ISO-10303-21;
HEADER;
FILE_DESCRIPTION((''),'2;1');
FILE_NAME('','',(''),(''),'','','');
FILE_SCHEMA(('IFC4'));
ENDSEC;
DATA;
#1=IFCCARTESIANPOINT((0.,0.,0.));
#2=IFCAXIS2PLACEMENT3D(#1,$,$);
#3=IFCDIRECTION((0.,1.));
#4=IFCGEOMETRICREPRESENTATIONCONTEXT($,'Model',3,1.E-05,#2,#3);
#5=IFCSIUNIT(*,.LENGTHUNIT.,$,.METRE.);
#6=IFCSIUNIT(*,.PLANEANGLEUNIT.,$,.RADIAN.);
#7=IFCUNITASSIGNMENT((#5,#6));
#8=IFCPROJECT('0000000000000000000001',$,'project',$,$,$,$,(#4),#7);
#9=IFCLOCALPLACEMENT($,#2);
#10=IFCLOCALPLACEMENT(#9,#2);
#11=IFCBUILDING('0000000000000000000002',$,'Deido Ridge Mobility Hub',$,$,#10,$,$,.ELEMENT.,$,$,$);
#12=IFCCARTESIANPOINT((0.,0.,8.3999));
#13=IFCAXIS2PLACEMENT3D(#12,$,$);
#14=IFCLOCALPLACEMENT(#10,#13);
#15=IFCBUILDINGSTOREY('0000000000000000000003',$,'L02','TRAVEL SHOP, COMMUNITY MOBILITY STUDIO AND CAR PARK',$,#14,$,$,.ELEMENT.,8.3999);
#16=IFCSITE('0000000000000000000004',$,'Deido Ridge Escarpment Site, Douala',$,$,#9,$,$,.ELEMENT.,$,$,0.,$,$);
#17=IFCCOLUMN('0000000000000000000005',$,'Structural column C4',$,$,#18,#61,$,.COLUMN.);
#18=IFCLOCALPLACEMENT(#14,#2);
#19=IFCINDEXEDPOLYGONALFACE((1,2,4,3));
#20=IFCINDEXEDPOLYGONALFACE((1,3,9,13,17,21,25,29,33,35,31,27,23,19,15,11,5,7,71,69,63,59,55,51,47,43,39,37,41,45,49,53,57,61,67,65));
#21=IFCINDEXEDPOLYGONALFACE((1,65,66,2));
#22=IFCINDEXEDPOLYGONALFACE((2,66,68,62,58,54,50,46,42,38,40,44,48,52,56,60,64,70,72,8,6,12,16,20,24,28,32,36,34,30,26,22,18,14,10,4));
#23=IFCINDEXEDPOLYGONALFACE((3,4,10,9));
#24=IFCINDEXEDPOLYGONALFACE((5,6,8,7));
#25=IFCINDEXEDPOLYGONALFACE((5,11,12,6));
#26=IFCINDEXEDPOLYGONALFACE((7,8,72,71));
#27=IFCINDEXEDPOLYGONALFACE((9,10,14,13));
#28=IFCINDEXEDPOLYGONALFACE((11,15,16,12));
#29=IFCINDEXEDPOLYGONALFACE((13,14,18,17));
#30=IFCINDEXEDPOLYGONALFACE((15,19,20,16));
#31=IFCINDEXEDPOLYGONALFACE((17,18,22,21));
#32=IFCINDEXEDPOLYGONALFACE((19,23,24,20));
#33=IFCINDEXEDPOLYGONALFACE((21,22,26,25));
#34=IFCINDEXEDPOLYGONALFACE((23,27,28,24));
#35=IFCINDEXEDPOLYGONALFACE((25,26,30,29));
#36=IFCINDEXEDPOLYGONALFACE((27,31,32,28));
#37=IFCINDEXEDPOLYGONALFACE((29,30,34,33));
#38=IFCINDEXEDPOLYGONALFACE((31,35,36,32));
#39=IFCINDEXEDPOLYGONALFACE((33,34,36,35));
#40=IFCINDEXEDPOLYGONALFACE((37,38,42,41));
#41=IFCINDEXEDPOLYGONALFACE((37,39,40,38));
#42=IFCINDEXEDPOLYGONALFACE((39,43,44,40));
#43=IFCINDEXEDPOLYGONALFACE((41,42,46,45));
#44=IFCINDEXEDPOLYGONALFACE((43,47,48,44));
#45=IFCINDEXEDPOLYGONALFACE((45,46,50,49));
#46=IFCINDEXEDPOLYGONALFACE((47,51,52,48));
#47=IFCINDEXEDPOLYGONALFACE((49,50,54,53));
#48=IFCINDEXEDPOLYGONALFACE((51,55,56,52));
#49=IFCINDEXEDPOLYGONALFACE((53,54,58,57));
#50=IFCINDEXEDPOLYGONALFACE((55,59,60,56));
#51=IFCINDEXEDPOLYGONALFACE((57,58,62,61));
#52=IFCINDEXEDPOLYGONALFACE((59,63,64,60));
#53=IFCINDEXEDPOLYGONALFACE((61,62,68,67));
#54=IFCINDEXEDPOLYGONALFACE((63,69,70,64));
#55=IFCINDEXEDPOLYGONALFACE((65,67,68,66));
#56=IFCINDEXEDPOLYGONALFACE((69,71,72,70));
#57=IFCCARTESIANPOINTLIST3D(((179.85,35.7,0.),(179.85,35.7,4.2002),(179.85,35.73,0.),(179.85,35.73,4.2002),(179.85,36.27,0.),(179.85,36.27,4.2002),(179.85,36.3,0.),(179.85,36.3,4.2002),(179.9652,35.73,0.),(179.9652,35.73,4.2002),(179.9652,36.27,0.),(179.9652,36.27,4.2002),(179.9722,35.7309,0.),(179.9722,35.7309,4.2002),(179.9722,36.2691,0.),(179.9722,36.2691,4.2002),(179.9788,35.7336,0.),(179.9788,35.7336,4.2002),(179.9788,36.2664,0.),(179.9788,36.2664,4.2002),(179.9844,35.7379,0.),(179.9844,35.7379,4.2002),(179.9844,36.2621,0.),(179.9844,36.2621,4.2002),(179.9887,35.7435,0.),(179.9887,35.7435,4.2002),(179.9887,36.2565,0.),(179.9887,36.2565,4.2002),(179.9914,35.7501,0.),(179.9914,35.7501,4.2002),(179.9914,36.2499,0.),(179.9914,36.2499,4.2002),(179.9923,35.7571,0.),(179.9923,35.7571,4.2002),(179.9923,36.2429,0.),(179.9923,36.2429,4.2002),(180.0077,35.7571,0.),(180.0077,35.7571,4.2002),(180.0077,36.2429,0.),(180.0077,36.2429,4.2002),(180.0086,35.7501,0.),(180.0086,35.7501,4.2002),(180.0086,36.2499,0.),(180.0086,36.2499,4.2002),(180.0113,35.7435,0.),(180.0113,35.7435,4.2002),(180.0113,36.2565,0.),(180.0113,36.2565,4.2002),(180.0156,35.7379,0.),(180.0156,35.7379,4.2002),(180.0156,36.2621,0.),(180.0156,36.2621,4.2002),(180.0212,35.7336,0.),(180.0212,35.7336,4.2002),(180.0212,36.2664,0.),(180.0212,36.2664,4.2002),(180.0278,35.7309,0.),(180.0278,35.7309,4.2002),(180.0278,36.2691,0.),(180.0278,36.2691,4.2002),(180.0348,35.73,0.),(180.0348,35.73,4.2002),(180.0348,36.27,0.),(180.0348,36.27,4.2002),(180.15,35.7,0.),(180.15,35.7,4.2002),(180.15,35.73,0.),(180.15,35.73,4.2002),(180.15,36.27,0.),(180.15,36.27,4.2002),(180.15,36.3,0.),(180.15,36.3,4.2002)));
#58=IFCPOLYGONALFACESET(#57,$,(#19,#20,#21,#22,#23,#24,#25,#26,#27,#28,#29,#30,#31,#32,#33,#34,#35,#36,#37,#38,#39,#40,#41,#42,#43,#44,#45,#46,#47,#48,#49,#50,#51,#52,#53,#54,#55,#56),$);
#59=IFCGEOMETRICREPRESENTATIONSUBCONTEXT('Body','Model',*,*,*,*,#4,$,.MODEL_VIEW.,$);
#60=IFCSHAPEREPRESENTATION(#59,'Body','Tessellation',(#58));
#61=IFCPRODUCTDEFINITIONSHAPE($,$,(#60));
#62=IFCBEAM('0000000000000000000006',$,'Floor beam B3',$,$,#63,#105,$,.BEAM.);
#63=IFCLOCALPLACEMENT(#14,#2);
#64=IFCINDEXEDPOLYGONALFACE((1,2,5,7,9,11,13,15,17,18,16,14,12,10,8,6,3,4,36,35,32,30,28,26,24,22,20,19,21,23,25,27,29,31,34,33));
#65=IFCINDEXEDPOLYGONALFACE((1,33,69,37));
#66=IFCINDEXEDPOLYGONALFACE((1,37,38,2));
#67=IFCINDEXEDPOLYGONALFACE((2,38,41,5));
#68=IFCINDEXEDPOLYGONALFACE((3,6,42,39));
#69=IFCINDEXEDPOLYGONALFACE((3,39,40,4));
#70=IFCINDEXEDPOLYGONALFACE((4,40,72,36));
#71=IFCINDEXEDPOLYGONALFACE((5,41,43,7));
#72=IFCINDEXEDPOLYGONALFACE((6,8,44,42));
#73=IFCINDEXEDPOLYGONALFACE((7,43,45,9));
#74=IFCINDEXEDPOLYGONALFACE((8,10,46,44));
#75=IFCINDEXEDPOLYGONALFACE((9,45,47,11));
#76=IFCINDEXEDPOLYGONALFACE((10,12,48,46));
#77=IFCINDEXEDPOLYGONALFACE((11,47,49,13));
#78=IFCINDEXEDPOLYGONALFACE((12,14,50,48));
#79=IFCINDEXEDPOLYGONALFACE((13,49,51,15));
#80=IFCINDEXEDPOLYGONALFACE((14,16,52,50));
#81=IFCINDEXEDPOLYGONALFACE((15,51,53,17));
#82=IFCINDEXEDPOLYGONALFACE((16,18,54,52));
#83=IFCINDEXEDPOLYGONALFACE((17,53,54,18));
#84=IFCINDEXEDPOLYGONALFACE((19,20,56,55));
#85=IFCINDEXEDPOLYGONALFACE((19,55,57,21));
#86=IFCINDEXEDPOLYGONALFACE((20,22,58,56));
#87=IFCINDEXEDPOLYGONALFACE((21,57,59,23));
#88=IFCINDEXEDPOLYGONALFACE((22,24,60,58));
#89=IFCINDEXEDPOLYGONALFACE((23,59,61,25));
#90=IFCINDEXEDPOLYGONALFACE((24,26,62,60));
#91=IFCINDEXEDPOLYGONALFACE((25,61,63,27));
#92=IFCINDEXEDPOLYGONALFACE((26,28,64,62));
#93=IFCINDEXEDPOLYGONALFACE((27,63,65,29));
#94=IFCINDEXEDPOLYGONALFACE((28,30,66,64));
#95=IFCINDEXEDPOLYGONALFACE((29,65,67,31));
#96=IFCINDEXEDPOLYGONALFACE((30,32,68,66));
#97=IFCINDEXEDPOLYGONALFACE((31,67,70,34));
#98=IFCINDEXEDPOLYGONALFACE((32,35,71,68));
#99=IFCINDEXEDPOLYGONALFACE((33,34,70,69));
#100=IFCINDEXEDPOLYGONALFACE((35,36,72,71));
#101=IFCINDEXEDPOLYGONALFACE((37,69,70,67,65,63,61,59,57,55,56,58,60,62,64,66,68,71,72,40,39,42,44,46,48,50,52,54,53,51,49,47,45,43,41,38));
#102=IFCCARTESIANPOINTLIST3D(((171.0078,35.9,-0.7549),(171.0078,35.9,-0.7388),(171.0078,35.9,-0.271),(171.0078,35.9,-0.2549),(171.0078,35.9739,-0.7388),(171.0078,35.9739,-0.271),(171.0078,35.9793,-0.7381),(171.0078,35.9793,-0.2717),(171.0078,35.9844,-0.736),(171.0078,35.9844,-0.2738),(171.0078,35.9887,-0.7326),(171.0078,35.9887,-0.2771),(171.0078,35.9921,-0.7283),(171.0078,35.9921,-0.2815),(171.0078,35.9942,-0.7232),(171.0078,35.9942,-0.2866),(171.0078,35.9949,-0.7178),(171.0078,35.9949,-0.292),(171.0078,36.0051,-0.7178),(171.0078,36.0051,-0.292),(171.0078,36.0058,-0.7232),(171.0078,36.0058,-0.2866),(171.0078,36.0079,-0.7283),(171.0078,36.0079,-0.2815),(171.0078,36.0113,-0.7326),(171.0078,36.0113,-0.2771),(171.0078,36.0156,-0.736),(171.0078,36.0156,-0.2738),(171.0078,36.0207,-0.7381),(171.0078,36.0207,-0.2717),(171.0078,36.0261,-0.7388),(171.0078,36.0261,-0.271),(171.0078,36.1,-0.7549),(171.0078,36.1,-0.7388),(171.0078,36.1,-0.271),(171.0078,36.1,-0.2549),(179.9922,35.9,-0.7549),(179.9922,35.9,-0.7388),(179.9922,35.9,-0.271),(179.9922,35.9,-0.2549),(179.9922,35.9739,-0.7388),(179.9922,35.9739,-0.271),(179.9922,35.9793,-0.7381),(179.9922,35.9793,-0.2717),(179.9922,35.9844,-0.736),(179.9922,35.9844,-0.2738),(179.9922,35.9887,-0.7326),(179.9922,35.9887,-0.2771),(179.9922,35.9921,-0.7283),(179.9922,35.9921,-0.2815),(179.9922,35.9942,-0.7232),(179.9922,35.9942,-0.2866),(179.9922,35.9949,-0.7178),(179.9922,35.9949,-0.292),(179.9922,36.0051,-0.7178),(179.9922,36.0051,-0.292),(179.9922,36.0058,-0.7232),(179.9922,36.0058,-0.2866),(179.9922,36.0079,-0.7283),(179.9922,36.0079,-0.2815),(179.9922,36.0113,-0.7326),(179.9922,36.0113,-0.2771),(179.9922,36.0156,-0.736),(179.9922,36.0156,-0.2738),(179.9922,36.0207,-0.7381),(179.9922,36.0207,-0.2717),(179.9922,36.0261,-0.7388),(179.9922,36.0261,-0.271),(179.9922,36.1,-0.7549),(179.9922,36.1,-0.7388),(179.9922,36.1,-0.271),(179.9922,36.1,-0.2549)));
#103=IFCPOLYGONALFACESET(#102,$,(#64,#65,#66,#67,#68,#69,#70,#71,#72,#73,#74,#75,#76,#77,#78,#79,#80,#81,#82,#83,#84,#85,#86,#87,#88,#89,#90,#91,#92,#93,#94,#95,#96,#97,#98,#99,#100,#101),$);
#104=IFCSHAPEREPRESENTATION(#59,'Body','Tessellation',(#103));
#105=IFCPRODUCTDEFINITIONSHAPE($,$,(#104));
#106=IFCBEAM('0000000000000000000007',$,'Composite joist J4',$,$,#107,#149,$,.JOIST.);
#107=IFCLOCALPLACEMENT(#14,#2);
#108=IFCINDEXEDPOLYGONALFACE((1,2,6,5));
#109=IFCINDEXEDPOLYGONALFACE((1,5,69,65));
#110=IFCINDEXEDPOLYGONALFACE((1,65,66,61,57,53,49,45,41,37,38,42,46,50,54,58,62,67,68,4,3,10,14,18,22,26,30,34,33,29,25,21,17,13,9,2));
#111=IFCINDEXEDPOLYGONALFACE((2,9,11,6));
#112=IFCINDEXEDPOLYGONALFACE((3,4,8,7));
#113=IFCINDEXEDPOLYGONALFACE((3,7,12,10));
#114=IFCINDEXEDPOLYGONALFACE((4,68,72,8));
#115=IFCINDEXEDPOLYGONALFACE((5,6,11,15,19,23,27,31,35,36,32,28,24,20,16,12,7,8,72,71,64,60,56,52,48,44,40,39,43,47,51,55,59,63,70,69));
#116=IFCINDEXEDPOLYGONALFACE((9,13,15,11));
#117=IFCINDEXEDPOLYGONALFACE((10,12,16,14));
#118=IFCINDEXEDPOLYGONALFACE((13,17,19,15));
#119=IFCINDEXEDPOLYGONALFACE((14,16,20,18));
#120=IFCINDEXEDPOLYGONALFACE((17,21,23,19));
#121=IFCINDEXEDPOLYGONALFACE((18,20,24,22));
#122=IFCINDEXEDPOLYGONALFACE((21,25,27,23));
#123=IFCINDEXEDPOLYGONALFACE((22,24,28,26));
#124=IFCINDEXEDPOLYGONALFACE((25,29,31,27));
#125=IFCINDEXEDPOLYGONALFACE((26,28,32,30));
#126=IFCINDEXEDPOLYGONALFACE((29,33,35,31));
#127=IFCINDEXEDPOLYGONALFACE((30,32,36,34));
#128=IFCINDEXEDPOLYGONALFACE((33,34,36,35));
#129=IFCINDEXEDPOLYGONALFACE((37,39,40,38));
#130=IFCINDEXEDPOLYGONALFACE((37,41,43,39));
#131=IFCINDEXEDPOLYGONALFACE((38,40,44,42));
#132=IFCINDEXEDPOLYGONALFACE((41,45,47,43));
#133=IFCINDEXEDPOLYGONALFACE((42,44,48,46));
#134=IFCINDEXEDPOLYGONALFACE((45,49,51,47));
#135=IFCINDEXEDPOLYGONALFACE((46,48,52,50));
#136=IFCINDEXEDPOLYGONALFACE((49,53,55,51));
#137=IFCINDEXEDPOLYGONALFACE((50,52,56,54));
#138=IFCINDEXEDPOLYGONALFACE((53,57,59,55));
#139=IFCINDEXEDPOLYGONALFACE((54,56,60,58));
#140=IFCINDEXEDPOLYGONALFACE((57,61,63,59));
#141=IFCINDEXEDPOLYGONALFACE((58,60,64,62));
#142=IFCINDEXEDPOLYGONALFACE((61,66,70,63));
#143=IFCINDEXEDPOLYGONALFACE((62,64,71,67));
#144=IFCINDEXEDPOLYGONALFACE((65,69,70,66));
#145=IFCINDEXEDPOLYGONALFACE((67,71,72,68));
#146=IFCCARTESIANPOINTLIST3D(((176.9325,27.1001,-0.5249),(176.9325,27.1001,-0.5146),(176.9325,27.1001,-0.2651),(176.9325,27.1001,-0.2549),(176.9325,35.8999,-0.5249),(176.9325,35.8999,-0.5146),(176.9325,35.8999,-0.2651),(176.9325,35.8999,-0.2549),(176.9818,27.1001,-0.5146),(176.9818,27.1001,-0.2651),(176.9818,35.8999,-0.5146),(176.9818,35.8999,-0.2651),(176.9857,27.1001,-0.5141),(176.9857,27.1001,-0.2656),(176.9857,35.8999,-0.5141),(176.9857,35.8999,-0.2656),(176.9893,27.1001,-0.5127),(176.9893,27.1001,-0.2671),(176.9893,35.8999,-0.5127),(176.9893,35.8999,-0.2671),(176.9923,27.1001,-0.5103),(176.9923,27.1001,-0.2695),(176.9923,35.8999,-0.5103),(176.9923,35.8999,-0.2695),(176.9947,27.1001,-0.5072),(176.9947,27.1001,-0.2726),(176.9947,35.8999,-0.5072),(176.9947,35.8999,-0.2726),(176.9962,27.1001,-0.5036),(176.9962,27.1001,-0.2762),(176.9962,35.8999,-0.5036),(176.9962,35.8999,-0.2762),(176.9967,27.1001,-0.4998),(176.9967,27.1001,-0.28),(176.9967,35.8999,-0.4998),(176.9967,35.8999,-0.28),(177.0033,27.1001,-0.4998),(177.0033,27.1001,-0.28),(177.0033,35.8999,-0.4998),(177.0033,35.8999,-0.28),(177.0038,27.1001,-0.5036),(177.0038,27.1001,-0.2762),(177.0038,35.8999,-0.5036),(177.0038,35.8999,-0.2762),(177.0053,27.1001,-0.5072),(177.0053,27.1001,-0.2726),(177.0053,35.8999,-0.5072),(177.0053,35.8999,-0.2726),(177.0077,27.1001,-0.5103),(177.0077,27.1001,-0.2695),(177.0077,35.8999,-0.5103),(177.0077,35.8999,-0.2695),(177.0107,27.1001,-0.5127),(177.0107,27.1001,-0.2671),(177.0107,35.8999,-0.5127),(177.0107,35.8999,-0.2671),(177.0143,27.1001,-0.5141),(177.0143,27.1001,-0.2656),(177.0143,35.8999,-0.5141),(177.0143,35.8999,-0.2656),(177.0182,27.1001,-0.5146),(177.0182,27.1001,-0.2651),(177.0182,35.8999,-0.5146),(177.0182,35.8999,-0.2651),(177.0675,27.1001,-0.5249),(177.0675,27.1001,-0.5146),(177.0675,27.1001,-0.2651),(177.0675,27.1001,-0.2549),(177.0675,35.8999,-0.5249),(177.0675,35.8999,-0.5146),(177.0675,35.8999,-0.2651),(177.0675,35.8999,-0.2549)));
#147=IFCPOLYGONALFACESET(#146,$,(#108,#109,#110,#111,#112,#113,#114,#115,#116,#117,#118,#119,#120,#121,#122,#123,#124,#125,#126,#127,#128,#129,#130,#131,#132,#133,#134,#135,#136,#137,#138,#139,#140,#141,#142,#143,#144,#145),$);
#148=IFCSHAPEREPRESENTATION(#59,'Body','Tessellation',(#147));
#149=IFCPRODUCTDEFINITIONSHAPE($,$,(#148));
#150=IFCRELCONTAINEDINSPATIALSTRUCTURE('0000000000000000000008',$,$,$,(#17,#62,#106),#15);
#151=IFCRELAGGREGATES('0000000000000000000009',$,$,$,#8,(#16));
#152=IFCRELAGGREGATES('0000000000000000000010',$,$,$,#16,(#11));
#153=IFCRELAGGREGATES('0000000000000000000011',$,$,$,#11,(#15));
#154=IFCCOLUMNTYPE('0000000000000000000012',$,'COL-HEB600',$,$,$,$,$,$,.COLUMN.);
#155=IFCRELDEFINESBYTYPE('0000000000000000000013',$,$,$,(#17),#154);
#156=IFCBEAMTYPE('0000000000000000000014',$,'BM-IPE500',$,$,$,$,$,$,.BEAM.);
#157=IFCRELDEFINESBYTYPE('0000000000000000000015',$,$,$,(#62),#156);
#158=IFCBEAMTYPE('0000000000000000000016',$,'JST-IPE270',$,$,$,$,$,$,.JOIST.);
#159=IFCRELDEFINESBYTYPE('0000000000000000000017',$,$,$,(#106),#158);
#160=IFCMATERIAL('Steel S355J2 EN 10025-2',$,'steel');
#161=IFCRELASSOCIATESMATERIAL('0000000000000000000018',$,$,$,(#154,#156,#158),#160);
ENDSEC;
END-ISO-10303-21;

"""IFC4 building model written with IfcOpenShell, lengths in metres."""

from ifc_helpers import new_model, si_unit, direction, frame, origin, origin_2d, place, context, subcontext, project, spatial, i_section, extrude, material, material_profile, profile_set, type_object, element, save


model = new_model("IFC4")

# Units and contexts
model_context = context("Model", 3, precision=1e-05, world=origin(), true_north=direction((0.0, 1.0)))
body_context = subcontext(model_context, "Body", "Model", "MODEL_VIEW")
ifc_project = project(units=[si_unit("LENGTHUNIT", "METRE"), si_unit("PLANEANGLEUNIT", "RADIAN")], contexts=[model_context])

# Site, building, storey
site_placement = place(None, origin())
site = spatial("IfcSite", under=ifc_project, at=site_placement, Name="Deido Ridge Escarpment Site, Douala", CompositionType="ELEMENT", RefElevation=0.0)
building_placement = place(site_placement, origin())
building = spatial("IfcBuilding", under=site, at=building_placement, Name="Deido Ridge Mobility Hub", CompositionType="ELEMENT")
storey_placement = place(building_placement, frame((0.0, 0.0, 8.3999)))
storey = spatial("IfcBuildingStorey", under=building, at=storey_placement, Name="L02", Description="TRAVEL SHOP, COMMUNITY MOBILITY STUDIO AND CAR PARK", CompositionType="ELEMENT", Elevation=8.3999)

# Column
ifc_material_1 = material(Name="Steel S355J2 EN 10025-2", Category="steel")
ifc_material_profile_1 = material_profile(ifc_material_1, i_section(OverallWidth=0.3, OverallDepth=0.6001, WebThickness=0.0154, FlangeThickness=0.03, FilletRadius=0.0271, at=origin_2d()), Name="HEB 600")
ifc_profile_set_1 = profile_set([ifc_material_profile_1], Name="Steel S355J2 EN 10025-2")
column_type = type_object("IfcColumnType", Name="COL-HEB600", PredefinedType="COLUMN", material=ifc_profile_set_1)
column_placement = place(storey_placement, frame((180.0, 36.0, 0.0), z_axis=(0.0, 0.0, 1.0), x_axis=(1.0, 0.0, 0.0)))
element("IfcColumn", 1, at=column_placement, inside=storey, type_object=column_type, Name="Structural column C4", PredefinedType="COLUMN", context=body_context, shape_type="SweptSolid", body=[
    extrude(i_section(OverallWidth=0.3, OverallDepth=0.6001, WebThickness=0.0154, FlangeThickness=0.03, FilletRadius=0.0271, at=origin_2d()), origin(), (0.0, 0.0, 1.0), 4.2002),
])

# Beams
ifc_material_profile_2 = material_profile(ifc_material_1, i_section(OverallWidth=0.2, OverallDepth=0.5, WebThickness=0.0103, FlangeThickness=0.0161, FilletRadius=0.021, at=origin_2d()), Name="IPE 500")
ifc_profile_set_2 = profile_set([ifc_material_profile_2], Name="Steel S355J2 EN 10025-2")
beam_type_1 = type_object("IfcBeamType", Name="BM-IPE500", PredefinedType="BEAM", material=ifc_profile_set_2)
beam_1_placement = place(storey_placement, frame((171.0078, 36.0, -0.5049), z_axis=(1.0, 0.0, 0.0), x_axis=(0.0, 1.0, 0.0)))
element("IfcBeam", 2, at=beam_1_placement, inside=storey, type_object=beam_type_1, Name="Floor beam B3", PredefinedType="BEAM", context=body_context, shape_type="SweptSolid", body=[
    extrude(i_section(OverallWidth=0.2, OverallDepth=0.5, WebThickness=0.0103, FlangeThickness=0.0161, FilletRadius=0.021, at=origin_2d()), origin(), (0.0, 0.0, 1.0), 8.9844),
])
ifc_material_profile_3 = material_profile(ifc_material_1, i_section(OverallWidth=0.135, OverallDepth=0.27, WebThickness=0.0066, FlangeThickness=0.0103, FilletRadius=0.0149, at=origin_2d()), Name="IPE 270")
ifc_profile_set_3 = profile_set([ifc_material_profile_3], Name="Steel S355J2 EN 10025-2")
beam_type_2 = type_object("IfcBeamType", Name="JST-IPE270", PredefinedType="JOIST", material=ifc_profile_set_3)
beam_2_placement = place(storey_placement, frame((177.0, 27.1001, -0.3899), z_axis=(0.0, 1.0, 0.0), x_axis=(-1.0, 0.0, 0.0)))
element("IfcBeam", 3, at=beam_2_placement, inside=storey, type_object=beam_type_2, Name="Composite joist J4", PredefinedType="JOIST", context=body_context, shape_type="SweptSolid", body=[
    extrude(i_section(OverallWidth=0.135, OverallDepth=0.27, WebThickness=0.0066, FlangeThickness=0.0103, FilletRadius=0.0149, at=origin_2d()), origin(), (0.0, 0.0, 1.0), 8.7998),
])

save(model, "model.ifc")
